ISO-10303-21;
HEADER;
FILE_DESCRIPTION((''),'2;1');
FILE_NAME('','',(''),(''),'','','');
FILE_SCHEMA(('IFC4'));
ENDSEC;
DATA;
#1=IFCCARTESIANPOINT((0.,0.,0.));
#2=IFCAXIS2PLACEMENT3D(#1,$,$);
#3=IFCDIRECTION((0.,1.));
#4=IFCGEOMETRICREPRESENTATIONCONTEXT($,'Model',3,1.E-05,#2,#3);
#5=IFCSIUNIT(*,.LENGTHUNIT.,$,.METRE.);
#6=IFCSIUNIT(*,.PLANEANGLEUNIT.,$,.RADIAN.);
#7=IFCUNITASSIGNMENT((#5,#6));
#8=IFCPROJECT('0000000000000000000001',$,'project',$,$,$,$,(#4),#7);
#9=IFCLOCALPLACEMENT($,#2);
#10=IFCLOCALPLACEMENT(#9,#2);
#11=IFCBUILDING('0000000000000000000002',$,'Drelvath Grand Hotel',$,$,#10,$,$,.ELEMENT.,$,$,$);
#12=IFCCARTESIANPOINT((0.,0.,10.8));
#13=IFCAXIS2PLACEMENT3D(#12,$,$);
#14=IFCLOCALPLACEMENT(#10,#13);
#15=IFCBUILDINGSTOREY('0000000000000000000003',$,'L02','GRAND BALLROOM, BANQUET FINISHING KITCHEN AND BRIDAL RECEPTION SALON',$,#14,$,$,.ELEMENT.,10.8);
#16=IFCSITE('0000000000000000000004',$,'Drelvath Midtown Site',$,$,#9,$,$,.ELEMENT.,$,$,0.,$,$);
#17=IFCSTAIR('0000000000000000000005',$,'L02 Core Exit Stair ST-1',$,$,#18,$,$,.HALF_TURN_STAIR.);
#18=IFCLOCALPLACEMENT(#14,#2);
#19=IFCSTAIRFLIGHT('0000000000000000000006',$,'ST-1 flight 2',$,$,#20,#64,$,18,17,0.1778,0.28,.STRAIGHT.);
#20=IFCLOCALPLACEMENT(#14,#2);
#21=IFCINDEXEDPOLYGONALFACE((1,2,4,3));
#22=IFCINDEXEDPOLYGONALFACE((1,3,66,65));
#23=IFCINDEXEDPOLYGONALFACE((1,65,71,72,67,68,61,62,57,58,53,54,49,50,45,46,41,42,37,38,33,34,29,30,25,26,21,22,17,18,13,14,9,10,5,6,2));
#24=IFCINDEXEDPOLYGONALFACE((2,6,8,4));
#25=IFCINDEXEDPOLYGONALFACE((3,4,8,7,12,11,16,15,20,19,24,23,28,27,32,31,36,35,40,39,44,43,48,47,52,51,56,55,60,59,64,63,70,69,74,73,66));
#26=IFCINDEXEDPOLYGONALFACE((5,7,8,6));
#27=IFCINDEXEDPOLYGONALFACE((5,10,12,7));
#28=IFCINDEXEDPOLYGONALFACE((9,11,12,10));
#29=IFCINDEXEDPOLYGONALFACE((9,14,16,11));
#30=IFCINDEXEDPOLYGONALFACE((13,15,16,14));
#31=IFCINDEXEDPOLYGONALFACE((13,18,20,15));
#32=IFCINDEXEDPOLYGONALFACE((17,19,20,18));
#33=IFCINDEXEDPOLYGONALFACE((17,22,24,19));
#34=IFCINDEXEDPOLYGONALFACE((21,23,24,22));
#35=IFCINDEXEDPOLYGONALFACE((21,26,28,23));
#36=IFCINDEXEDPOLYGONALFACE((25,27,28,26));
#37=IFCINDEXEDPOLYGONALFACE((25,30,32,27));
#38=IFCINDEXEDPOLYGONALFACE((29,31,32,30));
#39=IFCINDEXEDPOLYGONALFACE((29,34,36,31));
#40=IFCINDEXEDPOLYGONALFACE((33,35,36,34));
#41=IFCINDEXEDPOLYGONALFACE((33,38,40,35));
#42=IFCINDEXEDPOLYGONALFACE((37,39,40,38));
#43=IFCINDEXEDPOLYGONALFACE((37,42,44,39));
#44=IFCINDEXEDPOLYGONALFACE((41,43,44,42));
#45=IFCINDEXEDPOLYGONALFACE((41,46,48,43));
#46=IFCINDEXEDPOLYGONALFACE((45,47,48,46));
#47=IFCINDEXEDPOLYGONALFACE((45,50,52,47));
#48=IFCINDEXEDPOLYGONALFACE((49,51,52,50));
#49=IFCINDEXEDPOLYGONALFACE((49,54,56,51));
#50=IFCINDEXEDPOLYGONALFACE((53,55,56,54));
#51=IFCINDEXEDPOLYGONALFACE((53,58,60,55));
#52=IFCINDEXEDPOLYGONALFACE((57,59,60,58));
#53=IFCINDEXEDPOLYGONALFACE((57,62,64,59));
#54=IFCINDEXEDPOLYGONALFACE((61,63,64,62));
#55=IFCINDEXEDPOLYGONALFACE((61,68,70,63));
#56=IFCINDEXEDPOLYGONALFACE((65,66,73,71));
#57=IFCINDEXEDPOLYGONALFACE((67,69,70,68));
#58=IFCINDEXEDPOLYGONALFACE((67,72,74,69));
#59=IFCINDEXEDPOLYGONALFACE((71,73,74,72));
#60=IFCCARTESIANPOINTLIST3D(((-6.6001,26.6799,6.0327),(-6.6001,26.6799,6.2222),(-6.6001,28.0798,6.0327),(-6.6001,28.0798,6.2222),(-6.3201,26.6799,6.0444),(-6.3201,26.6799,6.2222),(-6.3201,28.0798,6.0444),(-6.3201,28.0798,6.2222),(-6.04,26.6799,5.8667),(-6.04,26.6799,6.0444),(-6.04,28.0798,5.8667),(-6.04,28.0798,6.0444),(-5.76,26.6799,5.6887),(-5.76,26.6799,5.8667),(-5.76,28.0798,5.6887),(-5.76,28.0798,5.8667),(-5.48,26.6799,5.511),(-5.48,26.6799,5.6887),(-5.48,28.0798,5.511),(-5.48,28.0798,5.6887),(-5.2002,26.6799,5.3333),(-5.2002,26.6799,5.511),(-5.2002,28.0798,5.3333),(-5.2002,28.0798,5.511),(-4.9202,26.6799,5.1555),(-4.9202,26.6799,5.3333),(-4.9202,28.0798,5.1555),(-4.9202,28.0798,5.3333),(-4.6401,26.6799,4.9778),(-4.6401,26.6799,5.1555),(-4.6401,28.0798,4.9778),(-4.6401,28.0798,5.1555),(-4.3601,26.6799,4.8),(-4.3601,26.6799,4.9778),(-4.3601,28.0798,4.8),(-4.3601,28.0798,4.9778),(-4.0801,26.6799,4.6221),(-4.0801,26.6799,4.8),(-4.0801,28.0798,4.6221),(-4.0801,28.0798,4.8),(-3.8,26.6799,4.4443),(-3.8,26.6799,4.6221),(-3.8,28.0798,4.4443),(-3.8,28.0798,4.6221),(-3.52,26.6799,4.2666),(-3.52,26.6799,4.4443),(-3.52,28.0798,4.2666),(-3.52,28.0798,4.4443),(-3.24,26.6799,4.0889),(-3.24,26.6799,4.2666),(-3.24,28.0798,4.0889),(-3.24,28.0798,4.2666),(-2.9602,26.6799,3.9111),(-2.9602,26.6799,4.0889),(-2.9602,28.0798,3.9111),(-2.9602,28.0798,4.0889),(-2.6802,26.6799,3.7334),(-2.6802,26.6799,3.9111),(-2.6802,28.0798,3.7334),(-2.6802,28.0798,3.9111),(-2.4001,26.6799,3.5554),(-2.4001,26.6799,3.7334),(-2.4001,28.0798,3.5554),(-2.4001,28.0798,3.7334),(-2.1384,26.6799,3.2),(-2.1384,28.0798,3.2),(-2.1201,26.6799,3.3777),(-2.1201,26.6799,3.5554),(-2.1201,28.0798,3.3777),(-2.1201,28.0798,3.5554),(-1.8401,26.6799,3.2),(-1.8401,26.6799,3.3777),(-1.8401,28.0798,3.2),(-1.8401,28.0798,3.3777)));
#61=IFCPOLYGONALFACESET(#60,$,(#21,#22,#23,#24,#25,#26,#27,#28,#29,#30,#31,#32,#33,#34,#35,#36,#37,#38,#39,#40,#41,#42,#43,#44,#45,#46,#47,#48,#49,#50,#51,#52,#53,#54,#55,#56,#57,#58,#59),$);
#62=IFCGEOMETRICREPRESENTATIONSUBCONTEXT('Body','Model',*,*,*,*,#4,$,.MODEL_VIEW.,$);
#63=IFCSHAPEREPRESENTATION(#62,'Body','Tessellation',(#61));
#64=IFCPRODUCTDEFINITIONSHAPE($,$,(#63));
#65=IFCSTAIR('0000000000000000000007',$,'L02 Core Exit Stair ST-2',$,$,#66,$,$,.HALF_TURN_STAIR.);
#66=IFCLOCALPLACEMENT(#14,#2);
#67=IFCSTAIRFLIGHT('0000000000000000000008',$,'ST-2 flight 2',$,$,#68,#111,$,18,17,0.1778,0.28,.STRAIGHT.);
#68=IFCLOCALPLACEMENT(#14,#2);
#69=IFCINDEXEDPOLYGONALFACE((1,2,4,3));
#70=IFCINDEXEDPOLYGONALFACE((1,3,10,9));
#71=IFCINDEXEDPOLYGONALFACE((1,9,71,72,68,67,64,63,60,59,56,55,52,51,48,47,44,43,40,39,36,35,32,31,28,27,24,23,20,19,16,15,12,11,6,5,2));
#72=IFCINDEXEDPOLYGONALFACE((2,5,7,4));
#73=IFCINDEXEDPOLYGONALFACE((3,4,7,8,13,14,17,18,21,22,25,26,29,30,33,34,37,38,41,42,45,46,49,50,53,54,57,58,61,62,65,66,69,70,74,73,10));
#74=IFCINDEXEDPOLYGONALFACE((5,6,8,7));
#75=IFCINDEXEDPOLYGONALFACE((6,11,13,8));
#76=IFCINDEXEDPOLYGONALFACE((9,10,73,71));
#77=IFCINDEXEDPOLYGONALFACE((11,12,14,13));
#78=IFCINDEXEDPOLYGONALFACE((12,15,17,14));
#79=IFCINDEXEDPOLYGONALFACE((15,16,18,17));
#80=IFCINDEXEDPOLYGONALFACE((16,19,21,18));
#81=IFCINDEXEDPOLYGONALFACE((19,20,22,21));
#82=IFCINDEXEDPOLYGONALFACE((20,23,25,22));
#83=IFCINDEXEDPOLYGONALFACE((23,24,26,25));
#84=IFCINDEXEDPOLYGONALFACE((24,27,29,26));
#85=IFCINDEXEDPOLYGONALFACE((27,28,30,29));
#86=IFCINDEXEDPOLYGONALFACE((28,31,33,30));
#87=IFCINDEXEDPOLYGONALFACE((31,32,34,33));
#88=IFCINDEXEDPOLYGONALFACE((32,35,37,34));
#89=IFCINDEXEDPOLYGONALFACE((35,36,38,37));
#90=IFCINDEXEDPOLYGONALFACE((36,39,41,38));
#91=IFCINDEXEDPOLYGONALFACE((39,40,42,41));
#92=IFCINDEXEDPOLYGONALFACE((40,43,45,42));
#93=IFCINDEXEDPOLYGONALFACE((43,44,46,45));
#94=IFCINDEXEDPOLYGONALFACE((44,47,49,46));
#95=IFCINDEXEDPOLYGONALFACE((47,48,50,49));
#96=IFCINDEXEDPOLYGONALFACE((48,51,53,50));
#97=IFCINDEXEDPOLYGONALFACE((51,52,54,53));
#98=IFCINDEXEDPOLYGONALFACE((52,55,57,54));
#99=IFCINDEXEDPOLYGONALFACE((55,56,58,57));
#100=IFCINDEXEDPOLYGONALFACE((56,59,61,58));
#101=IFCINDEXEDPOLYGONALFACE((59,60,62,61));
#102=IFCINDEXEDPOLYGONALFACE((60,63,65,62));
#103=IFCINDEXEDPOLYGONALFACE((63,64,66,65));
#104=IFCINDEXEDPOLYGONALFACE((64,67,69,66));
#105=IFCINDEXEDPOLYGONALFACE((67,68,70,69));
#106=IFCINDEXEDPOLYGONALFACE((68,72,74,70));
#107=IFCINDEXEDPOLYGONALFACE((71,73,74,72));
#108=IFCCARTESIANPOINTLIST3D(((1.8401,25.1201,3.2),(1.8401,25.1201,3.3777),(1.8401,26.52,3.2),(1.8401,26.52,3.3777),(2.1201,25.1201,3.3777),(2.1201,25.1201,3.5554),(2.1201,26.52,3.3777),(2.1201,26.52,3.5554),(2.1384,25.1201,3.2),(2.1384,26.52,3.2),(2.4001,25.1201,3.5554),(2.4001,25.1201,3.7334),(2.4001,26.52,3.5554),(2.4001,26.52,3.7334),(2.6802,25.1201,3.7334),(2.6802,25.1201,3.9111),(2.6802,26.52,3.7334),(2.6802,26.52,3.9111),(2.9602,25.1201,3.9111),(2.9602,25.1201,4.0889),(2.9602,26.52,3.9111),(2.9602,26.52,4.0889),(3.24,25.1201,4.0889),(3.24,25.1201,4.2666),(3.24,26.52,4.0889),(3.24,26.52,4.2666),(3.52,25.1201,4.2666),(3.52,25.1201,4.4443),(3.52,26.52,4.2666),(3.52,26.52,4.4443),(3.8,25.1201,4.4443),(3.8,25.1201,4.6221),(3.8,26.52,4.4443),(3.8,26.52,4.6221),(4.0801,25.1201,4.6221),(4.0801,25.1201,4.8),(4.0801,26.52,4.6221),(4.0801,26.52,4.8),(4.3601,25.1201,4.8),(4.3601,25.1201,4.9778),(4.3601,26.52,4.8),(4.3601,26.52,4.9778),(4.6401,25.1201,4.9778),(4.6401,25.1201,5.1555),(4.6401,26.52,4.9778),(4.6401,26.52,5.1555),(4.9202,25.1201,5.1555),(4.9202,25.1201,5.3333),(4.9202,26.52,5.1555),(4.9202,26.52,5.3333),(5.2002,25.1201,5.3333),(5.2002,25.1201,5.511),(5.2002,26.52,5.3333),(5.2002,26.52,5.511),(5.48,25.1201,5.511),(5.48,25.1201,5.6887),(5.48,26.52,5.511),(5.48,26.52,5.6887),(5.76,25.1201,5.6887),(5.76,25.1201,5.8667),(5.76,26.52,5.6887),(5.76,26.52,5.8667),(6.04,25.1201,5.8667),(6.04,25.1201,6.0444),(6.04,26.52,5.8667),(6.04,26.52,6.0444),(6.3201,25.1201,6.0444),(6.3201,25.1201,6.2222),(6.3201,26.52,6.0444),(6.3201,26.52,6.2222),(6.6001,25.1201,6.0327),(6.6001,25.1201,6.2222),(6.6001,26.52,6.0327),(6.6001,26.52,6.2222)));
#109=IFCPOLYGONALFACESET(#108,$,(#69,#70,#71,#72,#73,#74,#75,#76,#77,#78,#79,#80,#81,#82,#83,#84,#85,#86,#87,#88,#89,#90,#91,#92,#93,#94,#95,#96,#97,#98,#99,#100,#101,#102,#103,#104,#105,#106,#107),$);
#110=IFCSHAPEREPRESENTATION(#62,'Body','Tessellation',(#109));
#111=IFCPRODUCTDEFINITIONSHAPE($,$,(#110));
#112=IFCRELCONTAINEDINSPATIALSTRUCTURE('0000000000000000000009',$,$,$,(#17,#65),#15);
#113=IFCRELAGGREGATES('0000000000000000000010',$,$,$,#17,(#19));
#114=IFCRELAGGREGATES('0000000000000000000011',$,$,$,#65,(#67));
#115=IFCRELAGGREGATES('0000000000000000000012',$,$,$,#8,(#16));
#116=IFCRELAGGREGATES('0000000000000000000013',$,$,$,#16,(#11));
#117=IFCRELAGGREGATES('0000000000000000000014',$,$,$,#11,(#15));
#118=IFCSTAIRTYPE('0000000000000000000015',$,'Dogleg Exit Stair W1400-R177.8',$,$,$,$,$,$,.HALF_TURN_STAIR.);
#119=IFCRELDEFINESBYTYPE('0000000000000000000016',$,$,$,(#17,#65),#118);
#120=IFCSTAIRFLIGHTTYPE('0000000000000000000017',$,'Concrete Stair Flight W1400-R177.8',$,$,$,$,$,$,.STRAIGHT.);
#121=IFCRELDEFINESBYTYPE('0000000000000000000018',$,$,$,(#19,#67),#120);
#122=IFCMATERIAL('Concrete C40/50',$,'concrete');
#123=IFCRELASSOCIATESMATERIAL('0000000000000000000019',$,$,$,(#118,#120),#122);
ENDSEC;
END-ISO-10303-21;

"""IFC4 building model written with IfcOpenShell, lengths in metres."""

from ifc_helpers import new_model, si_unit, direction, frame, origin, place, context, subcontext, project, spatial, polyline, outline, extrude, material, type_object, element, aggregate, save


model = new_model("IFC4")

# Units and contexts
model_context = context("Model", 3, precision=1e-05, world=origin(), true_north=direction((0.0, 1.0)))
body_context = subcontext(model_context, "Body", "Model", "MODEL_VIEW")
ifc_project = project(units=[si_unit("LENGTHUNIT", "METRE"), si_unit("PLANEANGLEUNIT", "RADIAN")], contexts=[model_context])

# Site, building, storey
site_placement = place(None, origin())
site = spatial("IfcSite", under=ifc_project, at=site_placement, Name="Drelvath Midtown Site", CompositionType="ELEMENT", RefElevation=0.0)
building_placement = place(site_placement, origin())
building = spatial("IfcBuilding", under=site, at=building_placement, Name="Drelvath Grand Hotel", CompositionType="ELEMENT")
storey_placement = place(building_placement, frame((0.0, 0.0, 10.8)))
storey = spatial("IfcBuildingStorey", under=building, at=storey_placement, Name="L02", Description="GRAND BALLROOM, BANQUET FINISHING KITCHEN AND BRIDAL RECEPTION SALON", CompositionType="ELEMENT", Elevation=10.8)

# Shared definitions
ifc_material_1 = material(Name="Concrete C40/50", Category="concrete")

# Stairs, stair flights
stair_type = type_object("IfcStairType", Name="Dogleg Exit Stair W1400-R177.8", PredefinedType="HALF_TURN_STAIR", material=ifc_material_1)
stair_1_placement = place(storey_placement, origin())
stair_1 = element("IfcStair", 1, at=stair_1_placement, inside=storey, type_object=stair_type, Name="L02 Core Exit Stair ST-1", PredefinedType="HALF_TURN_STAIR")
stair_flight_type = type_object("IfcStairFlightType", Name="Concrete Stair Flight W1400-R177.8", PredefinedType="STRAIGHT", material=ifc_material_1)
stair_flight_1_placement = place(storey_placement, frame((-1.8401, 27.3799, 3.2), z_axis=(0.0, 0.0, 1.0), x_axis=(-1.0, 0.0, 0.0)))
stair_flight_1 = element("IfcStairFlight", 2, at=stair_flight_1_placement, type_object=stair_flight_type, Name="ST-1 flight 2", NumberOfRisers=18, NumberOfTreads=17, PredefinedType="STRAIGHT", RiserHeight=0.1778, TreadLength=0.28, context=body_context, shape_type="SweptSolid", body=[
    extrude(outline(polyline([(0.0, 0.0), (0.0, 0.1777), (0.28, 0.1777), (0.28, 0.3555), (0.5601, 0.3555), (0.5601, 0.5334), (0.8401, 0.5334), (0.8401, 0.7112), (1.1201, 0.7112), (1.1201, 0.8889), (1.3999, 0.8889), (1.3999, 1.0667), (1.6799, 1.0667), (1.6799, 1.2444), (1.96, 1.2444), (1.96, 1.4221), (2.24, 1.4221), (2.24, 1.6001), (2.52, 1.6001), (2.52, 1.7778), (2.8, 1.7778), (2.8, 1.9556), (3.0801, 1.9556), (3.0801, 2.1333), (3.3601, 2.1333), (3.3601, 2.311), (3.6399, 2.311), (3.6399, 2.4888), (3.9199, 2.4888), (3.9199, 2.6667), (4.2, 2.6667), (4.2, 2.8445), (4.48, 2.8445), (4.48, 3.0222), (4.76, 3.0222), (4.76, 3.2), (4.76, 2.8328), (0.2983, 0.0), (0.0, 0.0)])), frame((0.0, 0.7, 0.0), z_axis=(0.0, -1.0, 0.0), x_axis=(1.0, 0.0, 0.0)), (0.0, 0.0, 1.0), 1.3999),
])
aggregate(stair_1, [stair_flight_1])
stair_2_placement = place(storey_placement, origin())
stair_2 = element("IfcStair", 3, at=stair_2_placement, inside=storey, type_object=stair_type, Name="L02 Core Exit Stair ST-2", PredefinedType="HALF_TURN_STAIR")
stair_flight_2_placement = place(storey_placement, frame((1.8401, 25.8201, 3.2), z_axis=(0.0, 0.0, 1.0), x_axis=(1.0, 0.0, 0.0)))
stair_flight_2 = element("IfcStairFlight", 4, at=stair_flight_2_placement, type_object=stair_flight_type, Name="ST-2 flight 2", NumberOfRisers=18, NumberOfTreads=17, PredefinedType="STRAIGHT", RiserHeight=0.1778, TreadLength=0.28, context=body_context, shape_type="SweptSolid", body=[
    extrude(outline(polyline([(0.0, 0.0), (0.0, 0.1777), (0.28, 0.1777), (0.28, 0.3555), (0.5601, 0.3555), (0.5601, 0.5334), (0.8401, 0.5334), (0.8401, 0.7112), (1.1201, 0.7112), (1.1201, 0.8889), (1.3999, 0.8889), (1.3999, 1.0667), (1.6799, 1.0667), (1.6799, 1.2444), (1.96, 1.2444), (1.96, 1.4221), (2.24, 1.4221), (2.24, 1.6001), (2.52, 1.6001), (2.52, 1.7778), (2.8, 1.7778), (2.8, 1.9556), (3.0801, 1.9556), (3.0801, 2.1333), (3.3601, 2.1333), (3.3601, 2.311), (3.6399, 2.311), (3.6399, 2.4888), (3.9199, 2.4888), (3.9199, 2.6667), (4.2, 2.6667), (4.2, 2.8445), (4.48, 2.8445), (4.48, 3.0222), (4.76, 3.0222), (4.76, 3.2), (4.76, 2.8328), (0.2983, 0.0), (0.0, 0.0)])), frame((0.0, 0.7, 0.0), z_axis=(0.0, -1.0, 0.0), x_axis=(1.0, 0.0, 0.0)), (0.0, 0.0, 1.0), 1.3999),
])
aggregate(stair_2, [stair_flight_2])

save(model, "model.ifc")
